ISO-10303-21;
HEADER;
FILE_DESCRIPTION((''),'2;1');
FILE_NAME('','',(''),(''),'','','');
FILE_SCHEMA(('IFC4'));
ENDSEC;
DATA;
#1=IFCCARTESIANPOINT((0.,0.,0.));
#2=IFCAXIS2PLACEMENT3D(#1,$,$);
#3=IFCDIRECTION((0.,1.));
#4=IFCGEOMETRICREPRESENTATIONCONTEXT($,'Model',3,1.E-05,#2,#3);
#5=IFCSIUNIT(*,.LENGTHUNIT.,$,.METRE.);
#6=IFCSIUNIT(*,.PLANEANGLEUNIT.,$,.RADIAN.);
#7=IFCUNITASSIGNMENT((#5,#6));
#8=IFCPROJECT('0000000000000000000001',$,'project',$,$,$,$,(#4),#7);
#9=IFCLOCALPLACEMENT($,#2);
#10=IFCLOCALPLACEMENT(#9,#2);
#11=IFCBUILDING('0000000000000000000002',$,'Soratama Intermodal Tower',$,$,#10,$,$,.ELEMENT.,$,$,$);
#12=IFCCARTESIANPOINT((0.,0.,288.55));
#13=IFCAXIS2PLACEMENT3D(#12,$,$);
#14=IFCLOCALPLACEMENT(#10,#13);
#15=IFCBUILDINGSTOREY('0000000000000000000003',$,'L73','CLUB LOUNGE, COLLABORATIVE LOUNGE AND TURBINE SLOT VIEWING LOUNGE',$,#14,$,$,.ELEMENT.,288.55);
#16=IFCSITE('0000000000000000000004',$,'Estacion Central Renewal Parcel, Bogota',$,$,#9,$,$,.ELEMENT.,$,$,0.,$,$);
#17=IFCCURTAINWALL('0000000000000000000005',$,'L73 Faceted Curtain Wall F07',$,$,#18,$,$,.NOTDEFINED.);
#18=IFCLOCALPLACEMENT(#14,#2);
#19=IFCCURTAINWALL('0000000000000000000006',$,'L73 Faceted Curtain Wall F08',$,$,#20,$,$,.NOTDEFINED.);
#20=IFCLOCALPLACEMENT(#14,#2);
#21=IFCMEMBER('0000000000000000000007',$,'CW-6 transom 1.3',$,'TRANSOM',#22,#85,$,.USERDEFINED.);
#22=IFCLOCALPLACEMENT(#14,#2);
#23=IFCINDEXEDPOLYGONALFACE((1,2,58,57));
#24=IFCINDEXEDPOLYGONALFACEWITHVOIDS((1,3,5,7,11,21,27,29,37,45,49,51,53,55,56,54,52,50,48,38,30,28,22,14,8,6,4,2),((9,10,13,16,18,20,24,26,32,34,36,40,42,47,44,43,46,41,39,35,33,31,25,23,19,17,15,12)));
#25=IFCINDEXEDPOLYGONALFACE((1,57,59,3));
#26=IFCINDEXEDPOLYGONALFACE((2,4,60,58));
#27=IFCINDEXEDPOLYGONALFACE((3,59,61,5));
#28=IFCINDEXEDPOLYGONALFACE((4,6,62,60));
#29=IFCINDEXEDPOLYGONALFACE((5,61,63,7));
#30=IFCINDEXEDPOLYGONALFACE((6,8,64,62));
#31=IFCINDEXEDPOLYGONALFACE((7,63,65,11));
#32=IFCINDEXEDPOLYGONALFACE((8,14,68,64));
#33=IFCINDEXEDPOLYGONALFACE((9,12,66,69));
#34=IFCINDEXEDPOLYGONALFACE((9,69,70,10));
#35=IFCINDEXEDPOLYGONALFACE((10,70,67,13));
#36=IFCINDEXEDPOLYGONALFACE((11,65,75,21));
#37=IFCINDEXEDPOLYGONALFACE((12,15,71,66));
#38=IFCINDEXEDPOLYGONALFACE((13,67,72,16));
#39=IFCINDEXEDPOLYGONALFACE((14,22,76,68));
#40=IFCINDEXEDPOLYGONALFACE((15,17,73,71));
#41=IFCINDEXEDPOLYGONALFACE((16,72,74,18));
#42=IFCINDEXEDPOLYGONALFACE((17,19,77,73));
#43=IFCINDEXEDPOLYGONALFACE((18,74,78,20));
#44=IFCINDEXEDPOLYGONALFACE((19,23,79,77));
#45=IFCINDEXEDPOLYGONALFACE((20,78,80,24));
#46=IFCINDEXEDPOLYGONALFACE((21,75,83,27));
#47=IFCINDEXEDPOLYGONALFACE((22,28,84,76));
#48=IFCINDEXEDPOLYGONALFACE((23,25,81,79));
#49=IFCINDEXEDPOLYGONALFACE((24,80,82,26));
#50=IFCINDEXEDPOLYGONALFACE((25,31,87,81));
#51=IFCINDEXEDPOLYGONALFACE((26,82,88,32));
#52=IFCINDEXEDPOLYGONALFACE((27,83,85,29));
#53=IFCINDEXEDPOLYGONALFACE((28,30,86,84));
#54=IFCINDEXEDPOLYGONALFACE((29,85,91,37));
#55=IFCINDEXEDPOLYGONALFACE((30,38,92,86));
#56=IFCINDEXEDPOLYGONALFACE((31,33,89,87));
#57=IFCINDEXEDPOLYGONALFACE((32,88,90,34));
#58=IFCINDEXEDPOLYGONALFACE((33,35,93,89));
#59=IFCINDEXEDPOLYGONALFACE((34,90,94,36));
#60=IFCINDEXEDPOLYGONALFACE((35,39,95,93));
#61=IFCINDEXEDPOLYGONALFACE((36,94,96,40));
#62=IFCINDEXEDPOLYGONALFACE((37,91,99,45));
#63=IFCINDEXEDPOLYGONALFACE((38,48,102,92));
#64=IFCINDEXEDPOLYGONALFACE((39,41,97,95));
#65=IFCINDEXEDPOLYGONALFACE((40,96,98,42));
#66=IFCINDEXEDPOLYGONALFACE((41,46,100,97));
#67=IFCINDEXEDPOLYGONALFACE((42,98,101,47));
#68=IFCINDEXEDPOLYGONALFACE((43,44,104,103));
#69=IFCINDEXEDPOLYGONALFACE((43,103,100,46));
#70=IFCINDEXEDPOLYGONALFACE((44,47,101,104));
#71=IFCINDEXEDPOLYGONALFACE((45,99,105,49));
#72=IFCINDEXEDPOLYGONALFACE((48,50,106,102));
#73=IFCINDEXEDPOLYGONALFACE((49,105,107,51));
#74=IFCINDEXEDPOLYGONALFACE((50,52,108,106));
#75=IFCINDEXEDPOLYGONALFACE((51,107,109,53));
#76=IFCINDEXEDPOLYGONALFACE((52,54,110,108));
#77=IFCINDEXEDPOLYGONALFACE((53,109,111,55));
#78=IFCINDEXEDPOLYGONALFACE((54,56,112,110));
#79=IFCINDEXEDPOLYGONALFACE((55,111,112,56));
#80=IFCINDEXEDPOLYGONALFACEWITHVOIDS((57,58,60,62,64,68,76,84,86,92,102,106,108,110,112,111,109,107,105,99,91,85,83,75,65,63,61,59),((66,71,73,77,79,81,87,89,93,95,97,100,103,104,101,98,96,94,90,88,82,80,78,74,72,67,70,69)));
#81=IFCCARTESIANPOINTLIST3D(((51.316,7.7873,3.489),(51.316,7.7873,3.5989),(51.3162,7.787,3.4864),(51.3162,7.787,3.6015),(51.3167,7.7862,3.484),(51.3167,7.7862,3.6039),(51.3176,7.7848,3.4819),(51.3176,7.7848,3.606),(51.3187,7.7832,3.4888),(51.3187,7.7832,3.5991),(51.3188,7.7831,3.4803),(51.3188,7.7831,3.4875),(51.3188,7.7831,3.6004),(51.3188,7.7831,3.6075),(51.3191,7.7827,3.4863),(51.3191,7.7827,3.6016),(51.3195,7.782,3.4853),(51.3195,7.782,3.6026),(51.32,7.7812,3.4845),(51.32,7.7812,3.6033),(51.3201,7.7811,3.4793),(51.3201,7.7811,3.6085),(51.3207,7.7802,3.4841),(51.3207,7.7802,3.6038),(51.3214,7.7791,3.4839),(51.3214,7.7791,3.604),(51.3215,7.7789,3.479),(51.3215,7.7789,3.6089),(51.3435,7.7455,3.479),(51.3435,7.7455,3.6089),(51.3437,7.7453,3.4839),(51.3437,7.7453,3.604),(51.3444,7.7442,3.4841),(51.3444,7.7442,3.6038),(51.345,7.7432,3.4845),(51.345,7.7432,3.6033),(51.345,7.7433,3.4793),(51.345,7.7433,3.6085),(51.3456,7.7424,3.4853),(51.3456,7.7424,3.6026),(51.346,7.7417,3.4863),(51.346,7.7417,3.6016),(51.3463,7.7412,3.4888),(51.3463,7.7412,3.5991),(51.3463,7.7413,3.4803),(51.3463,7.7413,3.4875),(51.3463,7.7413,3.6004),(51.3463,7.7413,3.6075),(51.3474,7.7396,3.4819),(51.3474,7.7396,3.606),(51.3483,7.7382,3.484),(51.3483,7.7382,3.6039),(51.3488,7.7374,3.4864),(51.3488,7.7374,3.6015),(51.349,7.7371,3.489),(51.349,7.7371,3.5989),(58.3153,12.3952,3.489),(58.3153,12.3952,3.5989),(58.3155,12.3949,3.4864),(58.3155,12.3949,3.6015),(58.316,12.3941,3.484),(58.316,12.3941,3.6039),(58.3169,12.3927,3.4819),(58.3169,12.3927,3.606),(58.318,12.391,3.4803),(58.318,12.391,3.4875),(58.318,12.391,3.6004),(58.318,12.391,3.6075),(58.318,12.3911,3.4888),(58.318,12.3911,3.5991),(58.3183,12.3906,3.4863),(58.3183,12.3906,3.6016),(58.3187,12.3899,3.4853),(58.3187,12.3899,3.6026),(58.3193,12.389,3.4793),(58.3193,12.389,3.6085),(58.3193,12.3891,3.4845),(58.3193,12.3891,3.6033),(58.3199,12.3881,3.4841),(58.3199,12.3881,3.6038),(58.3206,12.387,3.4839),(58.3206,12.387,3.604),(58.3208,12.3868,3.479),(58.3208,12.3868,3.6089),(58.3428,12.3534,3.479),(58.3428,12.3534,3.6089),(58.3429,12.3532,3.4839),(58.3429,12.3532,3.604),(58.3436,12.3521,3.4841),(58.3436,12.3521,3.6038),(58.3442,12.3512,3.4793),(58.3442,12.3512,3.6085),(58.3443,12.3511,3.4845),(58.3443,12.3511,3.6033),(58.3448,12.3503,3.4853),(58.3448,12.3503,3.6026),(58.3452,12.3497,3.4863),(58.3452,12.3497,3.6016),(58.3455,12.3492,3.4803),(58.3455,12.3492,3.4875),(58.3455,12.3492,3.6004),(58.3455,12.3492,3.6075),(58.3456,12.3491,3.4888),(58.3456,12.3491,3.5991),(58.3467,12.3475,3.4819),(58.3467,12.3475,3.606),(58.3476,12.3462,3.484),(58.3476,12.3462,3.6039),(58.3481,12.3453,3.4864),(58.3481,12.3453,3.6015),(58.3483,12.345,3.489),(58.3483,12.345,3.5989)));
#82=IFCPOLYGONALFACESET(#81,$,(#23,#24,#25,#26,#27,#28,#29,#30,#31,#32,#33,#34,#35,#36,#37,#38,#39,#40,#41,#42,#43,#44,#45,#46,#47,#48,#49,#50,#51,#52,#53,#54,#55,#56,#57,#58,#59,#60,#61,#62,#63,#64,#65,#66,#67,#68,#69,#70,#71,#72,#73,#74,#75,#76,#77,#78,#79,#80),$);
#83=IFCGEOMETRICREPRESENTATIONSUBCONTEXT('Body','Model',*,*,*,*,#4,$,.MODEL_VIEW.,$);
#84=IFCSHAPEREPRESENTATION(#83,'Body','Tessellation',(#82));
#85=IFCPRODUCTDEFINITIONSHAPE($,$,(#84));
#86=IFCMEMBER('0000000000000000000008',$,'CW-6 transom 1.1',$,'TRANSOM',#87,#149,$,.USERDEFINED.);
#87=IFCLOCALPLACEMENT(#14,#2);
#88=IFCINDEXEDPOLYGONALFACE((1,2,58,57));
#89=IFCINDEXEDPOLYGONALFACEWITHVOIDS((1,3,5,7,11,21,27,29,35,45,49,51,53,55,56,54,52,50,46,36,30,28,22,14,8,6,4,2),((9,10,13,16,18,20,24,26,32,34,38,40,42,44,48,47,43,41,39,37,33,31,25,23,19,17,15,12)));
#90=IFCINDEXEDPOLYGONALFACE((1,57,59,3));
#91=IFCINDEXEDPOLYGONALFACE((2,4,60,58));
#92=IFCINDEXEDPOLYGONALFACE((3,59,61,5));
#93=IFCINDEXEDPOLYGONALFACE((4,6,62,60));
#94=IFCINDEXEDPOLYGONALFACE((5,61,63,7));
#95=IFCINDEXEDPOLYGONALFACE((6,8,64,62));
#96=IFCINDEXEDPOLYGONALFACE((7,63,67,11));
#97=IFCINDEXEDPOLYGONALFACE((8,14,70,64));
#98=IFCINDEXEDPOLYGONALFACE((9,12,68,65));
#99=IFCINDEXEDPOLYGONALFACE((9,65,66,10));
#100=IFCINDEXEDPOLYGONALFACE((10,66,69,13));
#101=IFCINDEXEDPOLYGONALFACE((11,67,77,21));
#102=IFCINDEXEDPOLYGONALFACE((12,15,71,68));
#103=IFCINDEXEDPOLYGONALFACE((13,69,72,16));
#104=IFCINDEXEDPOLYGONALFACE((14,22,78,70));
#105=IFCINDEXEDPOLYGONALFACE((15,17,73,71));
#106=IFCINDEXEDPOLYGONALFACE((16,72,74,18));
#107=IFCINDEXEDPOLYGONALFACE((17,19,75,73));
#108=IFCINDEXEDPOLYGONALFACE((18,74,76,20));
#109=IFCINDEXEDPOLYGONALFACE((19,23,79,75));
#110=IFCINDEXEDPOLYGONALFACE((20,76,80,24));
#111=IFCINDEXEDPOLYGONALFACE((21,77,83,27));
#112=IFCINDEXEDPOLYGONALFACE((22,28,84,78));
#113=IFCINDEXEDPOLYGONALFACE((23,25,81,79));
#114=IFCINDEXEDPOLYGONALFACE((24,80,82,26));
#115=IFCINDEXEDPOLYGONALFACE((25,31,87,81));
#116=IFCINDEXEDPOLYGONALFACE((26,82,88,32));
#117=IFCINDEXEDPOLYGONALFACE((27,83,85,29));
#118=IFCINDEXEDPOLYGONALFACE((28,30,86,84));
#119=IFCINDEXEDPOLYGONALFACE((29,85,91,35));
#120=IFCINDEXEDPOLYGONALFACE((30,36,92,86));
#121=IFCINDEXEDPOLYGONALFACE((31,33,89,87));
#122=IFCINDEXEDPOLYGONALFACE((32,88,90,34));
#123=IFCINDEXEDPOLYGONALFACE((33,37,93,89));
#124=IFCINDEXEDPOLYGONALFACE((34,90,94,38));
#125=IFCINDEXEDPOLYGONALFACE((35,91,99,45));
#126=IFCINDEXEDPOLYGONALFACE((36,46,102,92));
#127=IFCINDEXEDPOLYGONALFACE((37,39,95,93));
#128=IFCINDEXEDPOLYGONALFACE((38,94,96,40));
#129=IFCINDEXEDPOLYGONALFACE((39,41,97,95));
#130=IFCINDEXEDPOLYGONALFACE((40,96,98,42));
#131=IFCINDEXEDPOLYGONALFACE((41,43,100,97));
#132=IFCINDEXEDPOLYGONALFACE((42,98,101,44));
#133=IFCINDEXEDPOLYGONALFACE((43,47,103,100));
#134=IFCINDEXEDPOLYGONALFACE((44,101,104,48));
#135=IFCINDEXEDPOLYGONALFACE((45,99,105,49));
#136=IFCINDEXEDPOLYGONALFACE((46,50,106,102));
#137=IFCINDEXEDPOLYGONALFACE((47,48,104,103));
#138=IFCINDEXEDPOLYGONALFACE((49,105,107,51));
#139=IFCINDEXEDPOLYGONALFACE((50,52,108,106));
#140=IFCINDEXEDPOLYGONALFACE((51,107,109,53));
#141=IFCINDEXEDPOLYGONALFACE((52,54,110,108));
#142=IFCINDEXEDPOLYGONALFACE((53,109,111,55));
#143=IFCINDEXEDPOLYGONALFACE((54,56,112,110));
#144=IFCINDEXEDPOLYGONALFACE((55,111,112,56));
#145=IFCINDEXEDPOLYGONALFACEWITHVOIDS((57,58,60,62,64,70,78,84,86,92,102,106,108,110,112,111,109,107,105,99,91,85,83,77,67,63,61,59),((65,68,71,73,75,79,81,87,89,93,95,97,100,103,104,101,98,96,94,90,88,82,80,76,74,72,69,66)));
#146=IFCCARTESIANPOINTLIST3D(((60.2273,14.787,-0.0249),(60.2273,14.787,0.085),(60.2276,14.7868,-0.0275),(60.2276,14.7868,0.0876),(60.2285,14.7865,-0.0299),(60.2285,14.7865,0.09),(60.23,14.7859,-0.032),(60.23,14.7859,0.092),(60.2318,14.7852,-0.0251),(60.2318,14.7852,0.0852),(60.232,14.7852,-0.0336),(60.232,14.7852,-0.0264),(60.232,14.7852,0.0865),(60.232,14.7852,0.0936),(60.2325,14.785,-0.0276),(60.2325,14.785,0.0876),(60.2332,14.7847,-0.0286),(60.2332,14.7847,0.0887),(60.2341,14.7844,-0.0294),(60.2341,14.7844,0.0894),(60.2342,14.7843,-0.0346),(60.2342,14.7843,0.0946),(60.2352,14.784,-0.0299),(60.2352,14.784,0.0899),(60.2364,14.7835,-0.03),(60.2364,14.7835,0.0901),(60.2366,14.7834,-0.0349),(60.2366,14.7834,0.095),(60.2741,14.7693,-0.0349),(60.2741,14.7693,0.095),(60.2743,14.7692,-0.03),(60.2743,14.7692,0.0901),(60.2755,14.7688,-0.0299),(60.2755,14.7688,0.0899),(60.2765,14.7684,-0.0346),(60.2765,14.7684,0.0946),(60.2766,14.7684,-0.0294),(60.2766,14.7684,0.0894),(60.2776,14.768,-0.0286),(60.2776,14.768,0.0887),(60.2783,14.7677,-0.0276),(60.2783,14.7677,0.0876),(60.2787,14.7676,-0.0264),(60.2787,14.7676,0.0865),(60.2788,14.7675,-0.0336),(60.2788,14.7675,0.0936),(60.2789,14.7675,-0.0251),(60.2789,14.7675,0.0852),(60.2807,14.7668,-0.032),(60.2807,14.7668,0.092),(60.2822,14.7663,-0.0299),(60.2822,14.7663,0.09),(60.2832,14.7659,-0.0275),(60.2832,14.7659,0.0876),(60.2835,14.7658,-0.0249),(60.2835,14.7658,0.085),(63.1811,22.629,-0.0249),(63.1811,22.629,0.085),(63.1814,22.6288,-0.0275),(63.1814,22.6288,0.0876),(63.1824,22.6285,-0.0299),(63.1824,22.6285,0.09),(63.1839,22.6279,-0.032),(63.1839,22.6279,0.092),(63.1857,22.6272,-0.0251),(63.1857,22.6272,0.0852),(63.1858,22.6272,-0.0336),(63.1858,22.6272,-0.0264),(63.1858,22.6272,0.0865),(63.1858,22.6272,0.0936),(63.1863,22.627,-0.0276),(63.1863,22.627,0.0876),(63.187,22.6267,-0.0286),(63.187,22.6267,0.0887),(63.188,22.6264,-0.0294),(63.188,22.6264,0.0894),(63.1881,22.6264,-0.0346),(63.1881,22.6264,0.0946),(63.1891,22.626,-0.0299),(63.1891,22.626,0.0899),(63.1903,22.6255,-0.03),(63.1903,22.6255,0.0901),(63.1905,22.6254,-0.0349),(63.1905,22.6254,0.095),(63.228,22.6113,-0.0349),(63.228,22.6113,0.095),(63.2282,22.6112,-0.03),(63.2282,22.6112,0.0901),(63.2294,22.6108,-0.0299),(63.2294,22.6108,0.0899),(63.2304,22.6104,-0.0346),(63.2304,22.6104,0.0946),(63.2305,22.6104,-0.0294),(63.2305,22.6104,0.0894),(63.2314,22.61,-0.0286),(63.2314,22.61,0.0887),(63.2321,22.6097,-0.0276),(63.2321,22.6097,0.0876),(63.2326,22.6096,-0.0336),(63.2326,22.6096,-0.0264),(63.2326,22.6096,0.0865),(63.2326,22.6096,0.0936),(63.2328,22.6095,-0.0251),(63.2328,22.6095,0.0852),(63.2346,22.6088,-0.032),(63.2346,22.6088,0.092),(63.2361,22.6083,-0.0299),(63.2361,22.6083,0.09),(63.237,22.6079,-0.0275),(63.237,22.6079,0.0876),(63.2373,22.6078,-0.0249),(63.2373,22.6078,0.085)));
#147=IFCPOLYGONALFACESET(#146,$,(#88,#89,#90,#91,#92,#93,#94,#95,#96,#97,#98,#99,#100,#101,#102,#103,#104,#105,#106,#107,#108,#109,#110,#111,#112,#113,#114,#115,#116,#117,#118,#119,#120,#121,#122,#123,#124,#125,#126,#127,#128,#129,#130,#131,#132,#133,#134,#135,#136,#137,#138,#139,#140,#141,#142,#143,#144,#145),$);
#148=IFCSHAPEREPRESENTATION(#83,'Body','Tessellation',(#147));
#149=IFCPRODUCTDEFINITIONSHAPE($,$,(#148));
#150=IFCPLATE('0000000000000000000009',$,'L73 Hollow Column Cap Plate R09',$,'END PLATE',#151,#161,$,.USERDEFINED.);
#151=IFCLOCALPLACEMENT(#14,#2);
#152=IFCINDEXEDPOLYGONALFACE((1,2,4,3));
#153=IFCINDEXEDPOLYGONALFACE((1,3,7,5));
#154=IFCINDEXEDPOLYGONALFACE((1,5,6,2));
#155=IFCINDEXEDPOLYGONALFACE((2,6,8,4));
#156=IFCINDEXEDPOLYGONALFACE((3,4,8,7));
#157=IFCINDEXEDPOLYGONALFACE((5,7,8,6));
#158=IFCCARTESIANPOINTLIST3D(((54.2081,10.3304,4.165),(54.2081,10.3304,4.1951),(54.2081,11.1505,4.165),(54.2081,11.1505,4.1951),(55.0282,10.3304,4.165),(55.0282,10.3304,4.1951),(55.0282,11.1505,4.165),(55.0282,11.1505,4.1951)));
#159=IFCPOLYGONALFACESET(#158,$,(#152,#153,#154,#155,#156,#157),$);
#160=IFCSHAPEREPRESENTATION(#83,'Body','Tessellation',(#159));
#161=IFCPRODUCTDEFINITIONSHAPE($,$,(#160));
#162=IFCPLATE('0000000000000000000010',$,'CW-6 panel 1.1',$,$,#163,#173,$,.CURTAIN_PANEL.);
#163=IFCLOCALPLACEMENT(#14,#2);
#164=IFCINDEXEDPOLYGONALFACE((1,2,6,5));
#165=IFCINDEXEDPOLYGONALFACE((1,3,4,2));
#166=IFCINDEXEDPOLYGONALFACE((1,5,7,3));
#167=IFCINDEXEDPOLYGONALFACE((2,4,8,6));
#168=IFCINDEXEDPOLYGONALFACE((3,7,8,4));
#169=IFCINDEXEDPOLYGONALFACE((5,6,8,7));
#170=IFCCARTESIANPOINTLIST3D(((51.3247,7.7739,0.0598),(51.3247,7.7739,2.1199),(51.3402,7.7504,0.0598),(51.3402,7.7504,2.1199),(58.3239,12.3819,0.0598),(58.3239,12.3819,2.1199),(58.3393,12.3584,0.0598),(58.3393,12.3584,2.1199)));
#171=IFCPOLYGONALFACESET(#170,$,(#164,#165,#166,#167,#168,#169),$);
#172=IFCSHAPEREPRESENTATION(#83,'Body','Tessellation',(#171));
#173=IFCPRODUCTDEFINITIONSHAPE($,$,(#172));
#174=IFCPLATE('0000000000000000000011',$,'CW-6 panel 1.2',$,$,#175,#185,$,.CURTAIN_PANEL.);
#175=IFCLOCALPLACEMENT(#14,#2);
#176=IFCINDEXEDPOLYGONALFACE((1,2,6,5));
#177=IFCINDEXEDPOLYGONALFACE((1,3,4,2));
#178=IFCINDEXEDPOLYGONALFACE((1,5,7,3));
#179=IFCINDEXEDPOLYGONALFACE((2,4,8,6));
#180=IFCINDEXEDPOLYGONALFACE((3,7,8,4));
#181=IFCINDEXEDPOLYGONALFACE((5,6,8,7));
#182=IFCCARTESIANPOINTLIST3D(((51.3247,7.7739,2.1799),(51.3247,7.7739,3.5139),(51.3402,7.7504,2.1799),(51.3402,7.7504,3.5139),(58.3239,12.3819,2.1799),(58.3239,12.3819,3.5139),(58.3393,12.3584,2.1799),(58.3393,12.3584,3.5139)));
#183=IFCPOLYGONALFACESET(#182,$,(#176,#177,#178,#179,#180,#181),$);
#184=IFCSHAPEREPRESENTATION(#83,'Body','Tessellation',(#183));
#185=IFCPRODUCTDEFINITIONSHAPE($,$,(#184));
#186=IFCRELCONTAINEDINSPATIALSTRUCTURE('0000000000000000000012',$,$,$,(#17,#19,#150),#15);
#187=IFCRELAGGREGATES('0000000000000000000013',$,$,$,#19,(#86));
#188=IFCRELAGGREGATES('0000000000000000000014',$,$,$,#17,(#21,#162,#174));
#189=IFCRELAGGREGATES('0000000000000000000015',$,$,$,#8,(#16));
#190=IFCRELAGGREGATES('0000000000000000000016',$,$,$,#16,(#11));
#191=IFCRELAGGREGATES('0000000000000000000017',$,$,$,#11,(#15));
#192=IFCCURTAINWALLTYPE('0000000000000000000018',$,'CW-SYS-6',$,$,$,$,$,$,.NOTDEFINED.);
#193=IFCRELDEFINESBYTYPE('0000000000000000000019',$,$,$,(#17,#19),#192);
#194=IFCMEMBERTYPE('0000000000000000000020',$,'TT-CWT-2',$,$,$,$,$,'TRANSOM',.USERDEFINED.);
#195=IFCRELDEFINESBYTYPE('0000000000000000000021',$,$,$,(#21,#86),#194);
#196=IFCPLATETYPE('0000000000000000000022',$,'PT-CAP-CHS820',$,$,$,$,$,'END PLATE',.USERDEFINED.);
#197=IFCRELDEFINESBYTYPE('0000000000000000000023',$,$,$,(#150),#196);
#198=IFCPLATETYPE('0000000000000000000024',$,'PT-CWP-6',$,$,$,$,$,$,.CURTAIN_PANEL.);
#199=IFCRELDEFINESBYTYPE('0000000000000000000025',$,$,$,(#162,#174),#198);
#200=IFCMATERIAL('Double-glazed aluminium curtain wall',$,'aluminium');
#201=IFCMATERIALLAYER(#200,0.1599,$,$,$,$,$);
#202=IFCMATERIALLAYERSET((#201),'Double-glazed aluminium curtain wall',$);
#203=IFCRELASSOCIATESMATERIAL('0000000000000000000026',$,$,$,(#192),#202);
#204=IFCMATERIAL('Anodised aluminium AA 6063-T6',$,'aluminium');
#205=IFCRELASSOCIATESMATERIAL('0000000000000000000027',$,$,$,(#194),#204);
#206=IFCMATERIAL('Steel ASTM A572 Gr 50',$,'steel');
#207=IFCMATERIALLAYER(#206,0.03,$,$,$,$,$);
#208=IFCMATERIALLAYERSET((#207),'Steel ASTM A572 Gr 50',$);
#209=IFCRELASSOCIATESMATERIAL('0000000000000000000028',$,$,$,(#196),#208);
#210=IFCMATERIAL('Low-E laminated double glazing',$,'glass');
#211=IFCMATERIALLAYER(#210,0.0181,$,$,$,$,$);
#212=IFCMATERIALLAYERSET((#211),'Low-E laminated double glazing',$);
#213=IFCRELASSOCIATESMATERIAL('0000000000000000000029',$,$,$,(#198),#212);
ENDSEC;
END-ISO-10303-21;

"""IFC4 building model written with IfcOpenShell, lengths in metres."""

from ifc_helpers import new_model, si_unit, direction, frame, origin, origin_2d, place, context, subcontext, project, spatial, rectangle, hollow_rectangle, extrude, material, layer, layer_set, material_profile, profile_set, type_object, element, aggregate, save


model = new_model("IFC4")

# Units and contexts
model_context = context("Model", 3, precision=1e-05, world=origin(), true_north=direction((0.0, 1.0)))
body_context = subcontext(model_context, "Body", "Model", "MODEL_VIEW")
ifc_project = project(units=[si_unit("LENGTHUNIT", "METRE"), si_unit("PLANEANGLEUNIT", "RADIAN")], contexts=[model_context])

# Site, building, storey
site_placement = place(None, origin())
site = spatial("IfcSite", under=ifc_project, at=site_placement, Name="Estacion Central Renewal Parcel, Bogota", CompositionType="ELEMENT", RefElevation=0.0)
building_placement = place(site_placement, origin())
building = spatial("IfcBuilding", under=site, at=building_placement, Name="Soratama Intermodal Tower", CompositionType="ELEMENT")
storey_placement = place(building_placement, frame((0.0, 0.0, 288.55)))
storey = spatial("IfcBuildingStorey", under=building, at=storey_placement, Name="L73", Description="CLUB LOUNGE, COLLABORATIVE LOUNGE AND TURBINE SLOT VIEWING LOUNGE", CompositionType="ELEMENT", Elevation=288.55)

# Curtain walls
ifc_material_1 = material(Name="Double-glazed aluminium curtain wall", Category="aluminium")
ifc_layer_1 = layer(ifc_material_1, 0.1599)
ifc_layer_set_1 = layer_set([ifc_layer_1], Name="Double-glazed aluminium curtain wall")
curtain_wall_type = type_object("IfcCurtainWallType", Name="CW-SYS-6", PredefinedType="NOTDEFINED", material=ifc_layer_set_1)
curtain_wall_1_placement = place(storey_placement, origin())
curtain_wall_1 = element("IfcCurtainWall", 1, at=curtain_wall_1_placement, inside=storey, type_object=curtain_wall_type, Name="L73 Faceted Curtain Wall F07", PredefinedType="NOTDEFINED")
curtain_wall_2_placement = place(storey_placement, origin())
curtain_wall_2 = element("IfcCurtainWall", 2, at=curtain_wall_2_placement, inside=storey, type_object=curtain_wall_type, Name="L73 Faceted Curtain Wall F08", PredefinedType="NOTDEFINED")

# Members
ifc_material_2 = material(Name="Anodised aluminium AA 6063-T6", Category="aluminium")
ifc_material_profile_1 = material_profile(ifc_material_2, hollow_rectangle(XDim=0.0601, YDim=0.1299, WallThickness=0.0049, InnerFilletRadius=0.0049, OuterFilletRadius=0.01, at=origin_2d()), Name="CWT130X60X5")
ifc_profile_set_1 = profile_set([ifc_material_profile_1], Name="Anodised aluminium AA 6063-T6")
member_type_1 = type_object("IfcMemberType", Name="TT-CWT-2", ElementType="TRANSOM", PredefinedType="USERDEFINED", material=ifc_profile_set_1)
member_1_placement = place(storey_placement, frame((51.3325, 7.7622, 3.5439), z_axis=(0.835246, 0.549877, 0.0), x_axis=(-0.549877, 0.835246, 0.0)))
member_1 = element("IfcMember", 3, at=member_1_placement, type_object=member_type_1, Name="CW-6 transom 1.3", ObjectType="TRANSOM", PredefinedType="USERDEFINED", context=body_context, shape_type="SweptSolid", body=[
    extrude(hollow_rectangle(XDim=0.0601, YDim=0.1299, WallThickness=0.0049, InnerFilletRadius=0.0049, OuterFilletRadius=0.01, at=origin_2d()), origin(), (0.0, 0.0, 1.0), 8.3799),
])
member_2_placement = place(storey_placement, frame((60.2554, 14.7764, 0.03), z_axis=(0.352493, 0.935815, 0.0), x_axis=(-0.935815, 0.352493, 0.0)))
member_2 = element("IfcMember", 4, at=member_2_placement, type_object=member_type_1, Name="CW-6 transom 1.1", ObjectType="TRANSOM", PredefinedType="USERDEFINED", context=body_context, shape_type="SweptSolid", body=[
    extrude(hollow_rectangle(XDim=0.0601, YDim=0.1299, WallThickness=0.0049, InnerFilletRadius=0.0049, OuterFilletRadius=0.01, at=origin_2d()), origin(), (0.0, 0.0, 1.0), 8.3799),
])
aggregate(curtain_wall_2, [member_2])

# Plates
ifc_material_3 = material(Name="Steel ASTM A572 Gr 50", Category="steel")
ifc_layer_2 = layer(ifc_material_3, 0.03)
ifc_layer_set_2 = layer_set([ifc_layer_2], Name="Steel ASTM A572 Gr 50")
plate_type_1 = type_object("IfcPlateType", Name="PT-CAP-CHS820", ElementType="END PLATE", PredefinedType="USERDEFINED", material=ifc_layer_set_2)
plate_1_placement = place(storey_placement, frame((54.6182, 10.7405, 4.165), z_axis=(0.0, 0.0, 1.0), x_axis=(1.0, 0.0, 0.0)))
element("IfcPlate", 5, at=plate_1_placement, inside=storey, type_object=plate_type_1, Name="L73 Hollow Column Cap Plate R09", ObjectType="END PLATE", PredefinedType="USERDEFINED", context=body_context, shape_type="SweptSolid", body=[
    extrude(rectangle(XDim=0.8201, YDim=0.8201, at=origin_2d()), origin(), (0.0, 0.0, 1.0), 0.03),
])
ifc_material_4 = material(Name="Low-E laminated double glazing", Category="glass")
ifc_layer_3 = layer(ifc_material_4, 0.0181)
ifc_layer_set_3 = layer_set([ifc_layer_3], Name="Low-E laminated double glazing")
plate_type_2 = type_object("IfcPlateType", Name="PT-CWP-6", PredefinedType="CURTAIN_PANEL", material=ifc_layer_set_3)
plate_2_placement = place(storey_placement, frame((54.832, 10.0662, 0.0598), z_axis=(0.0, 0.0, 1.0), x_axis=(0.835236, 0.549891, 0.0)))
plate_2 = element("IfcPlate", 6, at=plate_2_placement, type_object=plate_type_2, Name="CW-6 panel 1.1", PredefinedType="CURTAIN_PANEL", context=body_context, shape_type="SweptSolid", body=[
    extrude(rectangle(XDim=8.3799, YDim=0.0281, at=origin_2d()), origin(), (0.0, 0.0, 1.0), 2.0601),
])
plate_3_placement = place(storey_placement, frame((54.832, 10.0662, 2.1799), z_axis=(0.0, 0.0, 1.0), x_axis=(0.835236, 0.549891, 0.0)))
plate_3 = element("IfcPlate", 7, at=plate_3_placement, type_object=plate_type_2, Name="CW-6 panel 1.2", PredefinedType="CURTAIN_PANEL", context=body_context, shape_type="SweptSolid", body=[
    extrude(rectangle(XDim=8.3799, YDim=0.0281, at=origin_2d()), origin(), (0.0, 0.0, 1.0), 1.334),
])
aggregate(curtain_wall_1, [member_1, plate_2, plate_3])

save(model, "model.ifc")
